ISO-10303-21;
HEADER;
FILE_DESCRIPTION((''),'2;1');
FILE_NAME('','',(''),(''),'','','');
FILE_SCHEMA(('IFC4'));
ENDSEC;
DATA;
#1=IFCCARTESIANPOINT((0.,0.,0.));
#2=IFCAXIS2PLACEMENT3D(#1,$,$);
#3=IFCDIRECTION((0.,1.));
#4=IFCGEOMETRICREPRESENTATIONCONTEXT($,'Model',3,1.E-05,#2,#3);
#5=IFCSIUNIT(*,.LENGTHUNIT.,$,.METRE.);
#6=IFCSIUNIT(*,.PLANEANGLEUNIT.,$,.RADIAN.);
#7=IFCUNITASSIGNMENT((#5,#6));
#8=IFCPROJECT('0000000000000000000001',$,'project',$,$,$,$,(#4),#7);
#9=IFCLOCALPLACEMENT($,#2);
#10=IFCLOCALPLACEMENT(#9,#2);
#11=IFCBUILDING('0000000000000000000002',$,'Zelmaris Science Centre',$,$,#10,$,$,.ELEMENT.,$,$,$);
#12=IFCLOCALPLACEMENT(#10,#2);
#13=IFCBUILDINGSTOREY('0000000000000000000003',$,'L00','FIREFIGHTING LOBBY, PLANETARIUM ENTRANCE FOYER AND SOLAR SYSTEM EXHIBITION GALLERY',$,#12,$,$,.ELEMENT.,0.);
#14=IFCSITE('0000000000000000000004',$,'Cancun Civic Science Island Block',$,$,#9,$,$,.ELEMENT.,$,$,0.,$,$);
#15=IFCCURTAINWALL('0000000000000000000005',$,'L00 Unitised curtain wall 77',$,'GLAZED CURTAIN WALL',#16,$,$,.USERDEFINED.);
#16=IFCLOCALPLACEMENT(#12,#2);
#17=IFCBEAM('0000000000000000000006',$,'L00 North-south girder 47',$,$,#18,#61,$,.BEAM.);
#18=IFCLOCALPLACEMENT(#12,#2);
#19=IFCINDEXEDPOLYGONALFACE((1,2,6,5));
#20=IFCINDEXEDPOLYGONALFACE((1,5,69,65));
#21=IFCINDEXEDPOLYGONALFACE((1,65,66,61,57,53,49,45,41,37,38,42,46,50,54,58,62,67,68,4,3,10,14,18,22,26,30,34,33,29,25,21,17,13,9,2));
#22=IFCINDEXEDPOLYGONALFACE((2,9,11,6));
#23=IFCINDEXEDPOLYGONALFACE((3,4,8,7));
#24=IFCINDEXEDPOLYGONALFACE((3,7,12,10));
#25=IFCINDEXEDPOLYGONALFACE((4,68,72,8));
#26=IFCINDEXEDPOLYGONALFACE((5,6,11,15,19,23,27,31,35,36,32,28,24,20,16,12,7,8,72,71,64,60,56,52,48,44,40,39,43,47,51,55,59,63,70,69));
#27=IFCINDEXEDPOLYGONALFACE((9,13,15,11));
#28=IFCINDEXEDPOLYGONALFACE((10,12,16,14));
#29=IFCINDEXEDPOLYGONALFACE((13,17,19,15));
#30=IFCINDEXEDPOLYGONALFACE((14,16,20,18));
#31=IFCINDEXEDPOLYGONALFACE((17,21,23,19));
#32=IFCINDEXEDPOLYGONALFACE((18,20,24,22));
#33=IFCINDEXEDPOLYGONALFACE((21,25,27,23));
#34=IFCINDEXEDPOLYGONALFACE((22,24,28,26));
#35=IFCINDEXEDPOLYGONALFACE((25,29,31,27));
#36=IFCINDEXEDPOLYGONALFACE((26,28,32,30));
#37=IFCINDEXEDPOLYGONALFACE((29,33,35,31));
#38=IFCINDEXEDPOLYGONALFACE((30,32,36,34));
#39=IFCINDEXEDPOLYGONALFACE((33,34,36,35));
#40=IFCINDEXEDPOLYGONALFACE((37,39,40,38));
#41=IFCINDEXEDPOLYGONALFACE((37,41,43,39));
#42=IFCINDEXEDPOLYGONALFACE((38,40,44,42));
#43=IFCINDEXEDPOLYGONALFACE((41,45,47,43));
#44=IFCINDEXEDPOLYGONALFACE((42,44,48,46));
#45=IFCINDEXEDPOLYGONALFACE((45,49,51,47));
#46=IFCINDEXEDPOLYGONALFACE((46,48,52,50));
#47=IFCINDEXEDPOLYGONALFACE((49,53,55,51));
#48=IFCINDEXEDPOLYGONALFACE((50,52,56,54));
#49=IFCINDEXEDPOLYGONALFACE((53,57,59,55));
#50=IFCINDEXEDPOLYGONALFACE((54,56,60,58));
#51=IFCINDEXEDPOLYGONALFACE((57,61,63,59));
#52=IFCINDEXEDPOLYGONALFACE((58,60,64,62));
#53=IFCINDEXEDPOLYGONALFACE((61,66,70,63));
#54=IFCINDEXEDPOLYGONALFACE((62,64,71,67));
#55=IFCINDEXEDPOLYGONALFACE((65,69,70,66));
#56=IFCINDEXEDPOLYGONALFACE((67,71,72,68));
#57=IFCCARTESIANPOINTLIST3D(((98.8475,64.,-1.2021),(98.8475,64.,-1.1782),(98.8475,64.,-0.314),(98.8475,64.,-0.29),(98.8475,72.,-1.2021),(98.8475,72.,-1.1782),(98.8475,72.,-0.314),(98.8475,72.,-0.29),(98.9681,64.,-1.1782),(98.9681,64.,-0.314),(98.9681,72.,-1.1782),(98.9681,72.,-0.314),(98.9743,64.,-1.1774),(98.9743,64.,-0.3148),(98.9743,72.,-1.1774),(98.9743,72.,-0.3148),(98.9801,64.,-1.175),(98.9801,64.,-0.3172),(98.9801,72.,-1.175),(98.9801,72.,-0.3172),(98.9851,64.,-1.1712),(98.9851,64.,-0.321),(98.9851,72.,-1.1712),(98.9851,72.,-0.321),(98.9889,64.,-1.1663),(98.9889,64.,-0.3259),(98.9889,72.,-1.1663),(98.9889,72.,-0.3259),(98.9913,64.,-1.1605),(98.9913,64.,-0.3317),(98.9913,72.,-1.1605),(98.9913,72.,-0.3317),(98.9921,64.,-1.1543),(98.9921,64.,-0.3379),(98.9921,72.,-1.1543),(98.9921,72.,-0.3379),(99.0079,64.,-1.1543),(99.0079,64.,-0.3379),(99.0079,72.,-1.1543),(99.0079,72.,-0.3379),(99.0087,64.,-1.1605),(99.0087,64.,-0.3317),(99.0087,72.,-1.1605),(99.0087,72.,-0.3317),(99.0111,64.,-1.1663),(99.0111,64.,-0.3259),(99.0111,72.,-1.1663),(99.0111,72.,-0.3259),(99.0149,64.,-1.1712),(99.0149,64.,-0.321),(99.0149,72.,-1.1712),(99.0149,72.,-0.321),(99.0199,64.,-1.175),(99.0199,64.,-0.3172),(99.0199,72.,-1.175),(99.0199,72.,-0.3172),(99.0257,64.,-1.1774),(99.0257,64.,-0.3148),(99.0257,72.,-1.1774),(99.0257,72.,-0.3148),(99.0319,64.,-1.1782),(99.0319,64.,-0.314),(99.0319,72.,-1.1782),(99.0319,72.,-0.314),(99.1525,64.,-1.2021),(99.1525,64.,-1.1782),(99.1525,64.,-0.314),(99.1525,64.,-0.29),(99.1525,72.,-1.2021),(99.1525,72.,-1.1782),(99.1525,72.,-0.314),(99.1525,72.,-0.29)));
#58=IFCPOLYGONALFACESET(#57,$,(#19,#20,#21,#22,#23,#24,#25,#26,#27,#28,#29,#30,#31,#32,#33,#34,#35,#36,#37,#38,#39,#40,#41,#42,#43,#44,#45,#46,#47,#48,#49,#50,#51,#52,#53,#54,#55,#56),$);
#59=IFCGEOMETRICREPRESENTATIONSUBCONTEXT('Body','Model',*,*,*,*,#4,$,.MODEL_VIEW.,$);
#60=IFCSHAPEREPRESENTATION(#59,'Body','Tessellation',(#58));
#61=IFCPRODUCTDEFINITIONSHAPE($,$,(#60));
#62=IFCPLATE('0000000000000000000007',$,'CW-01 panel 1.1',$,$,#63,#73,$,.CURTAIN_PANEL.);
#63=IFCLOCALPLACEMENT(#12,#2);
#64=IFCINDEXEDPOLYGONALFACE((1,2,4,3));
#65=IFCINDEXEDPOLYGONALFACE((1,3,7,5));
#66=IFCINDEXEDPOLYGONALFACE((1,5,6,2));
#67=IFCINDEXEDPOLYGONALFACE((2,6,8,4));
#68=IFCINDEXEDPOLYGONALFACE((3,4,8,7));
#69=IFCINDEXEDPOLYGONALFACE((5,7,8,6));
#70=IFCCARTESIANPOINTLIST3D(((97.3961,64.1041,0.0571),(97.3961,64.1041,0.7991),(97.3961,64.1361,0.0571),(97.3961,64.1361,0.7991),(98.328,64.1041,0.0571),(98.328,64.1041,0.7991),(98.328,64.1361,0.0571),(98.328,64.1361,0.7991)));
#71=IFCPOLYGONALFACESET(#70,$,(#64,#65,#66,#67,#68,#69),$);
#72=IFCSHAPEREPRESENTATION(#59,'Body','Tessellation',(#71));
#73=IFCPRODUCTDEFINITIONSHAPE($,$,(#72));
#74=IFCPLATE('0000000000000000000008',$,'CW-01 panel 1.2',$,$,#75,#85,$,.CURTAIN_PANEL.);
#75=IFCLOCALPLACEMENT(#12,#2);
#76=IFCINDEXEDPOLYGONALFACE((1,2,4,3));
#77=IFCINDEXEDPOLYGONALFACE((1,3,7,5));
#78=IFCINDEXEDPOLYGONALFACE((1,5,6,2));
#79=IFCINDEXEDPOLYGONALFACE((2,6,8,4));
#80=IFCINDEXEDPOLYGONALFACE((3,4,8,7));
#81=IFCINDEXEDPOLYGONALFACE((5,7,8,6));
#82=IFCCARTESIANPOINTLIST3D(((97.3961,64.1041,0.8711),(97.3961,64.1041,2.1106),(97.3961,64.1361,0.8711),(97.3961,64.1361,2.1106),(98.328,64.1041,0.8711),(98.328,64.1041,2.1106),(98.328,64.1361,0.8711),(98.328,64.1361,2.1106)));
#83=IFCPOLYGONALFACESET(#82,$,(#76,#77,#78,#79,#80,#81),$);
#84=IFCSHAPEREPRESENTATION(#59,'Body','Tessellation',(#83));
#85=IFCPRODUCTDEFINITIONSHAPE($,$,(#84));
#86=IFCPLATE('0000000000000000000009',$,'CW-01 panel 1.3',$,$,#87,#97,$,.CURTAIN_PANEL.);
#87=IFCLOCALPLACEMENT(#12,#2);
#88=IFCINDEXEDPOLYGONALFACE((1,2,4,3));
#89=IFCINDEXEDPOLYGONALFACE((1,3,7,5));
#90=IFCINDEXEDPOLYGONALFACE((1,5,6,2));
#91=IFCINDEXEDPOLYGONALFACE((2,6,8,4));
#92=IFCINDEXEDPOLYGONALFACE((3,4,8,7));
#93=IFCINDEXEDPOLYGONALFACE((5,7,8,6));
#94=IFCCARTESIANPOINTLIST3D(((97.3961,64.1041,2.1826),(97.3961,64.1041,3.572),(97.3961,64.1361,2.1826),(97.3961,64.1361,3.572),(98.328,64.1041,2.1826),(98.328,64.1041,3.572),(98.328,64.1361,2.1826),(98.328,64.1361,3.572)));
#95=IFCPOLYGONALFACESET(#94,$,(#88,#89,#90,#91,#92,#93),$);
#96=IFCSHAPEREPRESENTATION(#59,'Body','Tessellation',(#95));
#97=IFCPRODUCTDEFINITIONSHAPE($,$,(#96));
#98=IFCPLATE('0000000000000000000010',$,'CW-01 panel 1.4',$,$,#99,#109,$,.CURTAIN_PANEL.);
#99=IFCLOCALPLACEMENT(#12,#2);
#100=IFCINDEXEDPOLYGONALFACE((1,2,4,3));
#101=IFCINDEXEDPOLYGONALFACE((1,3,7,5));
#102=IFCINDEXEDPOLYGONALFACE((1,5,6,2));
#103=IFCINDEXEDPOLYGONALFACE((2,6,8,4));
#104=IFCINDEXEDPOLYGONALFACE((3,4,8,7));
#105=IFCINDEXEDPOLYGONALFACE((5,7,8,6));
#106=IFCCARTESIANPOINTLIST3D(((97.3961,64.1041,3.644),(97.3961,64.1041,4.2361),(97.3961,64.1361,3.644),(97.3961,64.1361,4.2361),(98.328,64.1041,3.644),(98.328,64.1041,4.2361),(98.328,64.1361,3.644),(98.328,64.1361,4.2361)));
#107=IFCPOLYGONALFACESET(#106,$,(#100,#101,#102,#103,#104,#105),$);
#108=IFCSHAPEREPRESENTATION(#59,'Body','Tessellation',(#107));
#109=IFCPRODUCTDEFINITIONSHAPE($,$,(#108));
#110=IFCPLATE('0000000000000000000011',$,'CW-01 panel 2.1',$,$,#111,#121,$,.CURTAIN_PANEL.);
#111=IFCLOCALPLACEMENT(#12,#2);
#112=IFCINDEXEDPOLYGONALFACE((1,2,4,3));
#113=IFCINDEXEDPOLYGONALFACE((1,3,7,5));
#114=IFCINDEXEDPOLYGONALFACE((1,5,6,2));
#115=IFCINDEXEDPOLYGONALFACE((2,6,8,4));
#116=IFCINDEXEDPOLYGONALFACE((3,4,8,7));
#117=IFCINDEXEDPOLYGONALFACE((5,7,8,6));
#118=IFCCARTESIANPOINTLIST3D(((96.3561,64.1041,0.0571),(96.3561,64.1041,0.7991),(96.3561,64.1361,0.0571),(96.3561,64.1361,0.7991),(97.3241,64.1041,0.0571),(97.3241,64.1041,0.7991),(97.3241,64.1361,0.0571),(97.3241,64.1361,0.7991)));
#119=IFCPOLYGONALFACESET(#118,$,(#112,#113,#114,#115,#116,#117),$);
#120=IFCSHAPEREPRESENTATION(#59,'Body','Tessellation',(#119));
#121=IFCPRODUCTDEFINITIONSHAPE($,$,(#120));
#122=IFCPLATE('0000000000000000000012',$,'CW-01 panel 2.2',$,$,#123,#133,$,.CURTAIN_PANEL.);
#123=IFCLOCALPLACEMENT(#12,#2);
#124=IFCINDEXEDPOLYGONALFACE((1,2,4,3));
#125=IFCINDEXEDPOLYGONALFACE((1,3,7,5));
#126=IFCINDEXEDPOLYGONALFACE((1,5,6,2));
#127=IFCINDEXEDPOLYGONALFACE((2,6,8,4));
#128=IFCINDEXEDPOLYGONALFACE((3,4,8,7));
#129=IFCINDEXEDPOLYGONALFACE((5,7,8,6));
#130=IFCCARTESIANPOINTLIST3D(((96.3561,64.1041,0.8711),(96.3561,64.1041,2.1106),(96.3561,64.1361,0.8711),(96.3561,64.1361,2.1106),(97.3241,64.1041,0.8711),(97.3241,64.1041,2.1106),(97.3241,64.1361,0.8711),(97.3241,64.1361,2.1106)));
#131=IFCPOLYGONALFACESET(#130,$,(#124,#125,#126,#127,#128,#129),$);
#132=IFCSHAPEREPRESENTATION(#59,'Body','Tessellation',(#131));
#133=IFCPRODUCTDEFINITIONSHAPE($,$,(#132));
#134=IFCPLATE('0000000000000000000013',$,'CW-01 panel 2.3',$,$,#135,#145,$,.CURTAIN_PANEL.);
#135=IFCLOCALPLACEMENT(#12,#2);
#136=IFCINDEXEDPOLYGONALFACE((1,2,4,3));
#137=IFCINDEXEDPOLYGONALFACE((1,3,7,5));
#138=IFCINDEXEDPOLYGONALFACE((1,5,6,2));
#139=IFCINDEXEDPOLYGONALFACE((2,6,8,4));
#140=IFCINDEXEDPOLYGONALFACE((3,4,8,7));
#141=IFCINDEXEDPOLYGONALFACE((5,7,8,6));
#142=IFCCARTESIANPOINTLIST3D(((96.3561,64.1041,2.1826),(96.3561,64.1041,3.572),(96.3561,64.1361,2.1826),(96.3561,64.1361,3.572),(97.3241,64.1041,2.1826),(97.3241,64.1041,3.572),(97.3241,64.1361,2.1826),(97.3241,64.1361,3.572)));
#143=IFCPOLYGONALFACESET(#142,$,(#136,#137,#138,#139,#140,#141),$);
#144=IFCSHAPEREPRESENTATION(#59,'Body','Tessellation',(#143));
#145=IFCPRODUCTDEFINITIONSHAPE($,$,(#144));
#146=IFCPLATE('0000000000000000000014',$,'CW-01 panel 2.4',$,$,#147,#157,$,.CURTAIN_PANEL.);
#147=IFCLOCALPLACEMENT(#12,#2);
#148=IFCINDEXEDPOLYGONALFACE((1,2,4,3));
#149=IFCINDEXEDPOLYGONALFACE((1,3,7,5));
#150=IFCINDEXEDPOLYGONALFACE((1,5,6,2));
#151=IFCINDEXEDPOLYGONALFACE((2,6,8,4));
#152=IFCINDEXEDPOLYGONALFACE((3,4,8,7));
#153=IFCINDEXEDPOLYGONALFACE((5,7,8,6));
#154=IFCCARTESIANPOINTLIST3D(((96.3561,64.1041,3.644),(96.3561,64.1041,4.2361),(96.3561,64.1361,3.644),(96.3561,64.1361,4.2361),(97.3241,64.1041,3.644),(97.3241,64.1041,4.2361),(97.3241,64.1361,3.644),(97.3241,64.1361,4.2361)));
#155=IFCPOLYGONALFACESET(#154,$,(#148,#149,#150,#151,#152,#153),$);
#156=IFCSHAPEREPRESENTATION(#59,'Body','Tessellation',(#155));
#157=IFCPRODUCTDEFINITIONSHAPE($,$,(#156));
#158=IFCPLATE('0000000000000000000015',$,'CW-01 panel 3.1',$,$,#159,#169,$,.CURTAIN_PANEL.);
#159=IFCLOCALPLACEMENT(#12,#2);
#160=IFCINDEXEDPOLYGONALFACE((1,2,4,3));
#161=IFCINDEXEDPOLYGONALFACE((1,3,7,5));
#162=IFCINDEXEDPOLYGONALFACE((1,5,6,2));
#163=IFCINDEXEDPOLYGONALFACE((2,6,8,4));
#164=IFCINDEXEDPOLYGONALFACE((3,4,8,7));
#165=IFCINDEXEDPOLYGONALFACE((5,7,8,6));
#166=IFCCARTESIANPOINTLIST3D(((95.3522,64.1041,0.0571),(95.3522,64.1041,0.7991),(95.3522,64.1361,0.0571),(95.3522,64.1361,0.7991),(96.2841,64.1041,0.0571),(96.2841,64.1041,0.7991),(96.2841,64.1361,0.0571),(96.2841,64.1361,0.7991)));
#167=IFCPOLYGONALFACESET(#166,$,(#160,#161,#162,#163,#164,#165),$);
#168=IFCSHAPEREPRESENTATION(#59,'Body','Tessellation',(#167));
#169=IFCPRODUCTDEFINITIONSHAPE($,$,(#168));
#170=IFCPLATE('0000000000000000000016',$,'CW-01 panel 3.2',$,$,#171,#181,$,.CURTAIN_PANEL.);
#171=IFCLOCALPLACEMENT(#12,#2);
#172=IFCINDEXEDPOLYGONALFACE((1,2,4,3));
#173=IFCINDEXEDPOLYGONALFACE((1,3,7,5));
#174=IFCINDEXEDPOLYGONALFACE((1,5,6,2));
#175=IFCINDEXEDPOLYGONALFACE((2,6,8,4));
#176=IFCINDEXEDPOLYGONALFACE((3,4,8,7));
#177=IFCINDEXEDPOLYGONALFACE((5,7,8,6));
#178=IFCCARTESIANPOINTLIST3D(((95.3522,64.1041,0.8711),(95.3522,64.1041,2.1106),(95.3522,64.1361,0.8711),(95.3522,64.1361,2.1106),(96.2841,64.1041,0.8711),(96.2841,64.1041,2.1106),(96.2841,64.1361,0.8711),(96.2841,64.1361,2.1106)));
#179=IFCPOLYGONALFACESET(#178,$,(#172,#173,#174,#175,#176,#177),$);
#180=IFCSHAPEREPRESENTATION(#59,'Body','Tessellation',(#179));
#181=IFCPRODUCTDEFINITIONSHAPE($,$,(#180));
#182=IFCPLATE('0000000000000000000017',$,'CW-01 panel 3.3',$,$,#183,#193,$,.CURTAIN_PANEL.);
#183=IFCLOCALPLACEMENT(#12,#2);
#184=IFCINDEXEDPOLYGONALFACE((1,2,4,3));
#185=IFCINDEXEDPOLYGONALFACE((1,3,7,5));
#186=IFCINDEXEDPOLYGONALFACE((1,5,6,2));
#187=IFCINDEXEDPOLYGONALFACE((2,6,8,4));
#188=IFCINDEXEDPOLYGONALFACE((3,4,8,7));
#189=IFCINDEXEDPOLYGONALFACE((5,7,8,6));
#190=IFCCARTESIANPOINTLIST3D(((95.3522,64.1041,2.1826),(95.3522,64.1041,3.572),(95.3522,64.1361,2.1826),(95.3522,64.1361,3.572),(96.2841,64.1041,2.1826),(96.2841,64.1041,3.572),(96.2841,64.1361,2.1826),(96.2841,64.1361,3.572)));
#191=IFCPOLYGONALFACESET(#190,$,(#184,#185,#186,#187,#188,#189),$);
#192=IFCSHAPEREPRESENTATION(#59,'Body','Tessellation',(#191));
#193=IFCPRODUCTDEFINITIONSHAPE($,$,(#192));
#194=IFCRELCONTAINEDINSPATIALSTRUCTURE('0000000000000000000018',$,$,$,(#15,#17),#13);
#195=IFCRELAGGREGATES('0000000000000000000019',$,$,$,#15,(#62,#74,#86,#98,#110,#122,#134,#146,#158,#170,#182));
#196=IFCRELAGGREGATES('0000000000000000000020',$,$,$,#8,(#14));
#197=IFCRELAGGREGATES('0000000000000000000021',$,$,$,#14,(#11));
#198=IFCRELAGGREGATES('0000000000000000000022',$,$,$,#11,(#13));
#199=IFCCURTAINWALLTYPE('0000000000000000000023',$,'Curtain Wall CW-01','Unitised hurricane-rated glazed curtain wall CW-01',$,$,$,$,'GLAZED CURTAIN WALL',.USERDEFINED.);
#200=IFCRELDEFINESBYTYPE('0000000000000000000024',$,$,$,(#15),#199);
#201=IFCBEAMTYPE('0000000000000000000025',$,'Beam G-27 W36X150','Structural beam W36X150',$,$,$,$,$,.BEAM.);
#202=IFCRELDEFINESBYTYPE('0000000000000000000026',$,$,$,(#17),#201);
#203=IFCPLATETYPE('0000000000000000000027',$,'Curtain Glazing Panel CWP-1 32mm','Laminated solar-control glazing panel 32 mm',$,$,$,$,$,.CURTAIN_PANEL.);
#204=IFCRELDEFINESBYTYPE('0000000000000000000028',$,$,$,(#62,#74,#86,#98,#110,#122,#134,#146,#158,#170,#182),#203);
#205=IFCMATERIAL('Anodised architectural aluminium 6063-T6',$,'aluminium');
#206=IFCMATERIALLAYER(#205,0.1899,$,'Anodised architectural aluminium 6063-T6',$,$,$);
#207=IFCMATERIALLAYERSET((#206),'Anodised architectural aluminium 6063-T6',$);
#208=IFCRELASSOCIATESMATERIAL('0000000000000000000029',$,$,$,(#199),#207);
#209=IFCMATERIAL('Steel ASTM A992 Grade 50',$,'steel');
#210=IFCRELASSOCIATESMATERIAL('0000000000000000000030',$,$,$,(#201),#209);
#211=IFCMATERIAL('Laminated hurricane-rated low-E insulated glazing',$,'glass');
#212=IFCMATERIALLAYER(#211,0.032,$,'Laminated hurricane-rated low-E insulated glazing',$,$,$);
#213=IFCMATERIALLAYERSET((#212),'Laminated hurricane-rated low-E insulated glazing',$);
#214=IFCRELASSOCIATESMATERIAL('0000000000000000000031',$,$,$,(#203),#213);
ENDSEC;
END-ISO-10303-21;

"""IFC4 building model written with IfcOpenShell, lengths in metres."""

from ifc_helpers import new_model, si_unit, direction, frame, origin, origin_2d, place, context, subcontext, project, spatial, rectangle, i_section, extrude, material, layer, layer_set, material_profile, profile_set, type_object, element, aggregate, save


model = new_model("IFC4")

# Units and contexts
model_context = context("Model", 3, precision=1e-05, world=origin(), true_north=direction((0.0, 1.0)))
body_context = subcontext(model_context, "Body", "Model", "MODEL_VIEW")
ifc_project = project(units=[si_unit("LENGTHUNIT", "METRE"), si_unit("PLANEANGLEUNIT", "RADIAN")], contexts=[model_context])

# Site, building, storey
site_placement = place(None, origin())
site = spatial("IfcSite", under=ifc_project, at=site_placement, Name="Cancun Civic Science Island Block", CompositionType="ELEMENT", RefElevation=0.0)
building_placement = place(site_placement, origin())
building = spatial("IfcBuilding", under=site, at=building_placement, Name="Zelmaris Science Centre", CompositionType="ELEMENT")
storey_placement = place(building_placement, origin())
storey = spatial("IfcBuildingStorey", under=building, at=storey_placement, Name="L00", Description="FIREFIGHTING LOBBY, PLANETARIUM ENTRANCE FOYER AND SOLAR SYSTEM EXHIBITION GALLERY", CompositionType="ELEMENT", Elevation=0.0)

# Shared definitions
ifc_material_1 = material(Name="Steel ASTM A992 Grade 50", Category="steel")

# Curtain wall
ifc_material_2 = material(Name="Anodised architectural aluminium 6063-T6", Category="aluminium")
ifc_layer_1 = layer(ifc_material_2, 0.1899, Name="Anodised architectural aluminium 6063-T6")
ifc_layer_set_1 = layer_set([ifc_layer_1], Name="Anodised architectural aluminium 6063-T6")
curtain_wall_type = type_object("IfcCurtainWallType", Name="Curtain Wall CW-01", Description="Unitised hurricane-rated glazed curtain wall CW-01", ElementType="GLAZED CURTAIN WALL", PredefinedType="USERDEFINED", material=ifc_layer_set_1)
curtain_wall_placement = place(storey_placement, origin())
curtain_wall = element("IfcCurtainWall", 1, at=curtain_wall_placement, inside=storey, type_object=curtain_wall_type, Name="L00 Unitised curtain wall 77", ObjectType="GLAZED CURTAIN WALL", PredefinedType="USERDEFINED")

# Beam
ifc_material_profile_1 = material_profile(ifc_material_1, i_section(OverallWidth=0.3049, OverallDepth=0.9121, WebThickness=0.0159, FlangeThickness=0.0239, FilletRadius=0.0239, at=origin_2d()), Name="W36X150")
ifc_profile_set_1 = profile_set([ifc_material_profile_1], Name="Steel ASTM A992 Grade 50")
beam_type = type_object("IfcBeamType", Name="Beam G-27 W36X150", Description="Structural beam W36X150", PredefinedType="BEAM", material=ifc_profile_set_1)
beam_placement = place(storey_placement, frame((99.0, 64.0, -0.7461), z_axis=(0.0, 1.0, 0.0), x_axis=(-1.0, 0.0, 0.0)))
element("IfcBeam", 2, at=beam_placement, inside=storey, type_object=beam_type, Name="L00 North-south girder 47", PredefinedType="BEAM", context=body_context, shape_type="SweptSolid", body=[
    extrude(i_section(OverallWidth=0.3049, OverallDepth=0.9121, WebThickness=0.0159, FlangeThickness=0.0239, FilletRadius=0.0239, at=origin_2d()), origin(), (0.0, 0.0, 1.0), 8.0),
])

# Plates
ifc_material_3 = material(Name="Laminated hurricane-rated low-E insulated glazing", Category="glass")
ifc_layer_2 = layer(ifc_material_3, 0.032, Name="Laminated hurricane-rated low-E insulated glazing")
ifc_layer_set_2 = layer_set([ifc_layer_2], Name="Laminated hurricane-rated low-E insulated glazing")
plate_type = type_object("IfcPlateType", Name="Curtain Glazing Panel CWP-1 32mm", Description="Laminated solar-control glazing panel 32 mm", PredefinedType="CURTAIN_PANEL", material=ifc_layer_set_2)
plate_1_placement = place(storey_placement, frame((97.8621, 64.1201, 0.0571), z_axis=(0.0, 0.0, 1.0), x_axis=(-1.0, 0.0, 0.0)))
plate_1 = element("IfcPlate", 3, at=plate_1_placement, type_object=plate_type, Name="CW-01 panel 1.1", PredefinedType="CURTAIN_PANEL", context=body_context, shape_type="SweptSolid", body=[
    extrude(rectangle(XDim=0.9319, YDim=0.032, at=origin_2d()), origin(), (0.0, 0.0, 1.0), 0.7419),
])
plate_2_placement = place(storey_placement, frame((97.8621, 64.1201, 0.8711), z_axis=(0.0, 0.0, 1.0), x_axis=(-1.0, 0.0, 0.0)))
plate_2 = element("IfcPlate", 4, at=plate_2_placement, type_object=plate_type, Name="CW-01 panel 1.2", PredefinedType="CURTAIN_PANEL", context=body_context, shape_type="SweptSolid", body=[
    extrude(rectangle(XDim=0.9319, YDim=0.032, at=origin_2d()), origin(), (0.0, 0.0, 1.0), 1.2395),
])
plate_3_placement = place(storey_placement, frame((97.8621, 64.1201, 2.1826), z_axis=(0.0, 0.0, 1.0), x_axis=(-1.0, 0.0, 0.0)))
plate_3 = element("IfcPlate", 5, at=plate_3_placement, type_object=plate_type, Name="CW-01 panel 1.3", PredefinedType="CURTAIN_PANEL", context=body_context, shape_type="SweptSolid", body=[
    extrude(rectangle(XDim=0.9319, YDim=0.032, at=origin_2d()), origin(), (0.0, 0.0, 1.0), 1.3894),
])
plate_4_placement = place(storey_placement, frame((97.8621, 64.1201, 3.644), z_axis=(0.0, 0.0, 1.0), x_axis=(-1.0, 0.0, 0.0)))
plate_4 = element("IfcPlate", 6, at=plate_4_placement, type_object=plate_type, Name="CW-01 panel 1.4", PredefinedType="CURTAIN_PANEL", context=body_context, shape_type="SweptSolid", body=[
    extrude(rectangle(XDim=0.9319, YDim=0.032, at=origin_2d()), origin(), (0.0, 0.0, 1.0), 0.592),
])
plate_5_placement = place(storey_placement, frame((96.8401, 64.1201, 0.0571), z_axis=(0.0, 0.0, 1.0), x_axis=(-1.0, 0.0, 0.0)))
plate_5 = element("IfcPlate", 7, at=plate_5_placement, type_object=plate_type, Name="CW-01 panel 2.1", PredefinedType="CURTAIN_PANEL", context=body_context, shape_type="SweptSolid", body=[
    extrude(rectangle(XDim=0.968, YDim=0.032, at=origin_2d()), origin(), (0.0, 0.0, 1.0), 0.7419),
])
plate_6_placement = place(storey_placement, frame((96.8401, 64.1201, 0.8711), z_axis=(0.0, 0.0, 1.0), x_axis=(-1.0, 0.0, 0.0)))
plate_6 = element("IfcPlate", 8, at=plate_6_placement, type_object=plate_type, Name="CW-01 panel 2.2", PredefinedType="CURTAIN_PANEL", context=body_context, shape_type="SweptSolid", body=[
    extrude(rectangle(XDim=0.968, YDim=0.032, at=origin_2d()), origin(), (0.0, 0.0, 1.0), 1.2395),
])
plate_7_placement = place(storey_placement, frame((96.8401, 64.1201, 2.1826), z_axis=(0.0, 0.0, 1.0), x_axis=(-1.0, 0.0, 0.0)))
plate_7 = element("IfcPlate", 9, at=plate_7_placement, type_object=plate_type, Name="CW-01 panel 2.3", PredefinedType="CURTAIN_PANEL", context=body_context, shape_type="SweptSolid", body=[
    extrude(rectangle(XDim=0.968, YDim=0.032, at=origin_2d()), origin(), (0.0, 0.0, 1.0), 1.3894),
])
plate_8_placement = place(storey_placement, frame((96.8401, 64.1201, 3.644), z_axis=(0.0, 0.0, 1.0), x_axis=(-1.0, 0.0, 0.0)))
plate_8 = element("IfcPlate", 10, at=plate_8_placement, type_object=plate_type, Name="CW-01 panel 2.4", PredefinedType="CURTAIN_PANEL", context=body_context, shape_type="SweptSolid", body=[
    extrude(rectangle(XDim=0.968, YDim=0.032, at=origin_2d()), origin(), (0.0, 0.0, 1.0), 0.592),
])
plate_9_placement = place(storey_placement, frame((95.8181, 64.1201, 0.0571), z_axis=(0.0, 0.0, 1.0), x_axis=(-1.0, 0.0, 0.0)))
plate_9 = element("IfcPlate", 11, at=plate_9_placement, type_object=plate_type, Name="CW-01 panel 3.1", PredefinedType="CURTAIN_PANEL", context=body_context, shape_type="SweptSolid", body=[
    extrude(rectangle(XDim=0.9319, YDim=0.032, at=origin_2d()), origin(), (0.0, 0.0, 1.0), 0.7419),
])
plate_10_placement = place(storey_placement, frame((95.8181, 64.1201, 0.8711), z_axis=(0.0, 0.0, 1.0), x_axis=(-1.0, 0.0, 0.0)))
plate_10 = element("IfcPlate", 12, at=plate_10_placement, type_object=plate_type, Name="CW-01 panel 3.2", PredefinedType="CURTAIN_PANEL", context=body_context, shape_type="SweptSolid", body=[
    extrude(rectangle(XDim=0.9319, YDim=0.032, at=origin_2d()), origin(), (0.0, 0.0, 1.0), 1.2395),
])
plate_11_placement = place(storey_placement, frame((95.8181, 64.1201, 2.1826), z_axis=(0.0, 0.0, 1.0), x_axis=(-1.0, 0.0, 0.0)))
plate_11 = element("IfcPlate", 13, at=plate_11_placement, type_object=plate_type, Name="CW-01 panel 3.3", PredefinedType="CURTAIN_PANEL", context=body_context, shape_type="SweptSolid", body=[
    extrude(rectangle(XDim=0.9319, YDim=0.032, at=origin_2d()), origin(), (0.0, 0.0, 1.0), 1.3894),
])
aggregate(curtain_wall, [plate_1, plate_2, plate_3, plate_4, plate_5, plate_6, plate_7, plate_8, plate_9, plate_10, plate_11])

save(model, "model.ifc")
